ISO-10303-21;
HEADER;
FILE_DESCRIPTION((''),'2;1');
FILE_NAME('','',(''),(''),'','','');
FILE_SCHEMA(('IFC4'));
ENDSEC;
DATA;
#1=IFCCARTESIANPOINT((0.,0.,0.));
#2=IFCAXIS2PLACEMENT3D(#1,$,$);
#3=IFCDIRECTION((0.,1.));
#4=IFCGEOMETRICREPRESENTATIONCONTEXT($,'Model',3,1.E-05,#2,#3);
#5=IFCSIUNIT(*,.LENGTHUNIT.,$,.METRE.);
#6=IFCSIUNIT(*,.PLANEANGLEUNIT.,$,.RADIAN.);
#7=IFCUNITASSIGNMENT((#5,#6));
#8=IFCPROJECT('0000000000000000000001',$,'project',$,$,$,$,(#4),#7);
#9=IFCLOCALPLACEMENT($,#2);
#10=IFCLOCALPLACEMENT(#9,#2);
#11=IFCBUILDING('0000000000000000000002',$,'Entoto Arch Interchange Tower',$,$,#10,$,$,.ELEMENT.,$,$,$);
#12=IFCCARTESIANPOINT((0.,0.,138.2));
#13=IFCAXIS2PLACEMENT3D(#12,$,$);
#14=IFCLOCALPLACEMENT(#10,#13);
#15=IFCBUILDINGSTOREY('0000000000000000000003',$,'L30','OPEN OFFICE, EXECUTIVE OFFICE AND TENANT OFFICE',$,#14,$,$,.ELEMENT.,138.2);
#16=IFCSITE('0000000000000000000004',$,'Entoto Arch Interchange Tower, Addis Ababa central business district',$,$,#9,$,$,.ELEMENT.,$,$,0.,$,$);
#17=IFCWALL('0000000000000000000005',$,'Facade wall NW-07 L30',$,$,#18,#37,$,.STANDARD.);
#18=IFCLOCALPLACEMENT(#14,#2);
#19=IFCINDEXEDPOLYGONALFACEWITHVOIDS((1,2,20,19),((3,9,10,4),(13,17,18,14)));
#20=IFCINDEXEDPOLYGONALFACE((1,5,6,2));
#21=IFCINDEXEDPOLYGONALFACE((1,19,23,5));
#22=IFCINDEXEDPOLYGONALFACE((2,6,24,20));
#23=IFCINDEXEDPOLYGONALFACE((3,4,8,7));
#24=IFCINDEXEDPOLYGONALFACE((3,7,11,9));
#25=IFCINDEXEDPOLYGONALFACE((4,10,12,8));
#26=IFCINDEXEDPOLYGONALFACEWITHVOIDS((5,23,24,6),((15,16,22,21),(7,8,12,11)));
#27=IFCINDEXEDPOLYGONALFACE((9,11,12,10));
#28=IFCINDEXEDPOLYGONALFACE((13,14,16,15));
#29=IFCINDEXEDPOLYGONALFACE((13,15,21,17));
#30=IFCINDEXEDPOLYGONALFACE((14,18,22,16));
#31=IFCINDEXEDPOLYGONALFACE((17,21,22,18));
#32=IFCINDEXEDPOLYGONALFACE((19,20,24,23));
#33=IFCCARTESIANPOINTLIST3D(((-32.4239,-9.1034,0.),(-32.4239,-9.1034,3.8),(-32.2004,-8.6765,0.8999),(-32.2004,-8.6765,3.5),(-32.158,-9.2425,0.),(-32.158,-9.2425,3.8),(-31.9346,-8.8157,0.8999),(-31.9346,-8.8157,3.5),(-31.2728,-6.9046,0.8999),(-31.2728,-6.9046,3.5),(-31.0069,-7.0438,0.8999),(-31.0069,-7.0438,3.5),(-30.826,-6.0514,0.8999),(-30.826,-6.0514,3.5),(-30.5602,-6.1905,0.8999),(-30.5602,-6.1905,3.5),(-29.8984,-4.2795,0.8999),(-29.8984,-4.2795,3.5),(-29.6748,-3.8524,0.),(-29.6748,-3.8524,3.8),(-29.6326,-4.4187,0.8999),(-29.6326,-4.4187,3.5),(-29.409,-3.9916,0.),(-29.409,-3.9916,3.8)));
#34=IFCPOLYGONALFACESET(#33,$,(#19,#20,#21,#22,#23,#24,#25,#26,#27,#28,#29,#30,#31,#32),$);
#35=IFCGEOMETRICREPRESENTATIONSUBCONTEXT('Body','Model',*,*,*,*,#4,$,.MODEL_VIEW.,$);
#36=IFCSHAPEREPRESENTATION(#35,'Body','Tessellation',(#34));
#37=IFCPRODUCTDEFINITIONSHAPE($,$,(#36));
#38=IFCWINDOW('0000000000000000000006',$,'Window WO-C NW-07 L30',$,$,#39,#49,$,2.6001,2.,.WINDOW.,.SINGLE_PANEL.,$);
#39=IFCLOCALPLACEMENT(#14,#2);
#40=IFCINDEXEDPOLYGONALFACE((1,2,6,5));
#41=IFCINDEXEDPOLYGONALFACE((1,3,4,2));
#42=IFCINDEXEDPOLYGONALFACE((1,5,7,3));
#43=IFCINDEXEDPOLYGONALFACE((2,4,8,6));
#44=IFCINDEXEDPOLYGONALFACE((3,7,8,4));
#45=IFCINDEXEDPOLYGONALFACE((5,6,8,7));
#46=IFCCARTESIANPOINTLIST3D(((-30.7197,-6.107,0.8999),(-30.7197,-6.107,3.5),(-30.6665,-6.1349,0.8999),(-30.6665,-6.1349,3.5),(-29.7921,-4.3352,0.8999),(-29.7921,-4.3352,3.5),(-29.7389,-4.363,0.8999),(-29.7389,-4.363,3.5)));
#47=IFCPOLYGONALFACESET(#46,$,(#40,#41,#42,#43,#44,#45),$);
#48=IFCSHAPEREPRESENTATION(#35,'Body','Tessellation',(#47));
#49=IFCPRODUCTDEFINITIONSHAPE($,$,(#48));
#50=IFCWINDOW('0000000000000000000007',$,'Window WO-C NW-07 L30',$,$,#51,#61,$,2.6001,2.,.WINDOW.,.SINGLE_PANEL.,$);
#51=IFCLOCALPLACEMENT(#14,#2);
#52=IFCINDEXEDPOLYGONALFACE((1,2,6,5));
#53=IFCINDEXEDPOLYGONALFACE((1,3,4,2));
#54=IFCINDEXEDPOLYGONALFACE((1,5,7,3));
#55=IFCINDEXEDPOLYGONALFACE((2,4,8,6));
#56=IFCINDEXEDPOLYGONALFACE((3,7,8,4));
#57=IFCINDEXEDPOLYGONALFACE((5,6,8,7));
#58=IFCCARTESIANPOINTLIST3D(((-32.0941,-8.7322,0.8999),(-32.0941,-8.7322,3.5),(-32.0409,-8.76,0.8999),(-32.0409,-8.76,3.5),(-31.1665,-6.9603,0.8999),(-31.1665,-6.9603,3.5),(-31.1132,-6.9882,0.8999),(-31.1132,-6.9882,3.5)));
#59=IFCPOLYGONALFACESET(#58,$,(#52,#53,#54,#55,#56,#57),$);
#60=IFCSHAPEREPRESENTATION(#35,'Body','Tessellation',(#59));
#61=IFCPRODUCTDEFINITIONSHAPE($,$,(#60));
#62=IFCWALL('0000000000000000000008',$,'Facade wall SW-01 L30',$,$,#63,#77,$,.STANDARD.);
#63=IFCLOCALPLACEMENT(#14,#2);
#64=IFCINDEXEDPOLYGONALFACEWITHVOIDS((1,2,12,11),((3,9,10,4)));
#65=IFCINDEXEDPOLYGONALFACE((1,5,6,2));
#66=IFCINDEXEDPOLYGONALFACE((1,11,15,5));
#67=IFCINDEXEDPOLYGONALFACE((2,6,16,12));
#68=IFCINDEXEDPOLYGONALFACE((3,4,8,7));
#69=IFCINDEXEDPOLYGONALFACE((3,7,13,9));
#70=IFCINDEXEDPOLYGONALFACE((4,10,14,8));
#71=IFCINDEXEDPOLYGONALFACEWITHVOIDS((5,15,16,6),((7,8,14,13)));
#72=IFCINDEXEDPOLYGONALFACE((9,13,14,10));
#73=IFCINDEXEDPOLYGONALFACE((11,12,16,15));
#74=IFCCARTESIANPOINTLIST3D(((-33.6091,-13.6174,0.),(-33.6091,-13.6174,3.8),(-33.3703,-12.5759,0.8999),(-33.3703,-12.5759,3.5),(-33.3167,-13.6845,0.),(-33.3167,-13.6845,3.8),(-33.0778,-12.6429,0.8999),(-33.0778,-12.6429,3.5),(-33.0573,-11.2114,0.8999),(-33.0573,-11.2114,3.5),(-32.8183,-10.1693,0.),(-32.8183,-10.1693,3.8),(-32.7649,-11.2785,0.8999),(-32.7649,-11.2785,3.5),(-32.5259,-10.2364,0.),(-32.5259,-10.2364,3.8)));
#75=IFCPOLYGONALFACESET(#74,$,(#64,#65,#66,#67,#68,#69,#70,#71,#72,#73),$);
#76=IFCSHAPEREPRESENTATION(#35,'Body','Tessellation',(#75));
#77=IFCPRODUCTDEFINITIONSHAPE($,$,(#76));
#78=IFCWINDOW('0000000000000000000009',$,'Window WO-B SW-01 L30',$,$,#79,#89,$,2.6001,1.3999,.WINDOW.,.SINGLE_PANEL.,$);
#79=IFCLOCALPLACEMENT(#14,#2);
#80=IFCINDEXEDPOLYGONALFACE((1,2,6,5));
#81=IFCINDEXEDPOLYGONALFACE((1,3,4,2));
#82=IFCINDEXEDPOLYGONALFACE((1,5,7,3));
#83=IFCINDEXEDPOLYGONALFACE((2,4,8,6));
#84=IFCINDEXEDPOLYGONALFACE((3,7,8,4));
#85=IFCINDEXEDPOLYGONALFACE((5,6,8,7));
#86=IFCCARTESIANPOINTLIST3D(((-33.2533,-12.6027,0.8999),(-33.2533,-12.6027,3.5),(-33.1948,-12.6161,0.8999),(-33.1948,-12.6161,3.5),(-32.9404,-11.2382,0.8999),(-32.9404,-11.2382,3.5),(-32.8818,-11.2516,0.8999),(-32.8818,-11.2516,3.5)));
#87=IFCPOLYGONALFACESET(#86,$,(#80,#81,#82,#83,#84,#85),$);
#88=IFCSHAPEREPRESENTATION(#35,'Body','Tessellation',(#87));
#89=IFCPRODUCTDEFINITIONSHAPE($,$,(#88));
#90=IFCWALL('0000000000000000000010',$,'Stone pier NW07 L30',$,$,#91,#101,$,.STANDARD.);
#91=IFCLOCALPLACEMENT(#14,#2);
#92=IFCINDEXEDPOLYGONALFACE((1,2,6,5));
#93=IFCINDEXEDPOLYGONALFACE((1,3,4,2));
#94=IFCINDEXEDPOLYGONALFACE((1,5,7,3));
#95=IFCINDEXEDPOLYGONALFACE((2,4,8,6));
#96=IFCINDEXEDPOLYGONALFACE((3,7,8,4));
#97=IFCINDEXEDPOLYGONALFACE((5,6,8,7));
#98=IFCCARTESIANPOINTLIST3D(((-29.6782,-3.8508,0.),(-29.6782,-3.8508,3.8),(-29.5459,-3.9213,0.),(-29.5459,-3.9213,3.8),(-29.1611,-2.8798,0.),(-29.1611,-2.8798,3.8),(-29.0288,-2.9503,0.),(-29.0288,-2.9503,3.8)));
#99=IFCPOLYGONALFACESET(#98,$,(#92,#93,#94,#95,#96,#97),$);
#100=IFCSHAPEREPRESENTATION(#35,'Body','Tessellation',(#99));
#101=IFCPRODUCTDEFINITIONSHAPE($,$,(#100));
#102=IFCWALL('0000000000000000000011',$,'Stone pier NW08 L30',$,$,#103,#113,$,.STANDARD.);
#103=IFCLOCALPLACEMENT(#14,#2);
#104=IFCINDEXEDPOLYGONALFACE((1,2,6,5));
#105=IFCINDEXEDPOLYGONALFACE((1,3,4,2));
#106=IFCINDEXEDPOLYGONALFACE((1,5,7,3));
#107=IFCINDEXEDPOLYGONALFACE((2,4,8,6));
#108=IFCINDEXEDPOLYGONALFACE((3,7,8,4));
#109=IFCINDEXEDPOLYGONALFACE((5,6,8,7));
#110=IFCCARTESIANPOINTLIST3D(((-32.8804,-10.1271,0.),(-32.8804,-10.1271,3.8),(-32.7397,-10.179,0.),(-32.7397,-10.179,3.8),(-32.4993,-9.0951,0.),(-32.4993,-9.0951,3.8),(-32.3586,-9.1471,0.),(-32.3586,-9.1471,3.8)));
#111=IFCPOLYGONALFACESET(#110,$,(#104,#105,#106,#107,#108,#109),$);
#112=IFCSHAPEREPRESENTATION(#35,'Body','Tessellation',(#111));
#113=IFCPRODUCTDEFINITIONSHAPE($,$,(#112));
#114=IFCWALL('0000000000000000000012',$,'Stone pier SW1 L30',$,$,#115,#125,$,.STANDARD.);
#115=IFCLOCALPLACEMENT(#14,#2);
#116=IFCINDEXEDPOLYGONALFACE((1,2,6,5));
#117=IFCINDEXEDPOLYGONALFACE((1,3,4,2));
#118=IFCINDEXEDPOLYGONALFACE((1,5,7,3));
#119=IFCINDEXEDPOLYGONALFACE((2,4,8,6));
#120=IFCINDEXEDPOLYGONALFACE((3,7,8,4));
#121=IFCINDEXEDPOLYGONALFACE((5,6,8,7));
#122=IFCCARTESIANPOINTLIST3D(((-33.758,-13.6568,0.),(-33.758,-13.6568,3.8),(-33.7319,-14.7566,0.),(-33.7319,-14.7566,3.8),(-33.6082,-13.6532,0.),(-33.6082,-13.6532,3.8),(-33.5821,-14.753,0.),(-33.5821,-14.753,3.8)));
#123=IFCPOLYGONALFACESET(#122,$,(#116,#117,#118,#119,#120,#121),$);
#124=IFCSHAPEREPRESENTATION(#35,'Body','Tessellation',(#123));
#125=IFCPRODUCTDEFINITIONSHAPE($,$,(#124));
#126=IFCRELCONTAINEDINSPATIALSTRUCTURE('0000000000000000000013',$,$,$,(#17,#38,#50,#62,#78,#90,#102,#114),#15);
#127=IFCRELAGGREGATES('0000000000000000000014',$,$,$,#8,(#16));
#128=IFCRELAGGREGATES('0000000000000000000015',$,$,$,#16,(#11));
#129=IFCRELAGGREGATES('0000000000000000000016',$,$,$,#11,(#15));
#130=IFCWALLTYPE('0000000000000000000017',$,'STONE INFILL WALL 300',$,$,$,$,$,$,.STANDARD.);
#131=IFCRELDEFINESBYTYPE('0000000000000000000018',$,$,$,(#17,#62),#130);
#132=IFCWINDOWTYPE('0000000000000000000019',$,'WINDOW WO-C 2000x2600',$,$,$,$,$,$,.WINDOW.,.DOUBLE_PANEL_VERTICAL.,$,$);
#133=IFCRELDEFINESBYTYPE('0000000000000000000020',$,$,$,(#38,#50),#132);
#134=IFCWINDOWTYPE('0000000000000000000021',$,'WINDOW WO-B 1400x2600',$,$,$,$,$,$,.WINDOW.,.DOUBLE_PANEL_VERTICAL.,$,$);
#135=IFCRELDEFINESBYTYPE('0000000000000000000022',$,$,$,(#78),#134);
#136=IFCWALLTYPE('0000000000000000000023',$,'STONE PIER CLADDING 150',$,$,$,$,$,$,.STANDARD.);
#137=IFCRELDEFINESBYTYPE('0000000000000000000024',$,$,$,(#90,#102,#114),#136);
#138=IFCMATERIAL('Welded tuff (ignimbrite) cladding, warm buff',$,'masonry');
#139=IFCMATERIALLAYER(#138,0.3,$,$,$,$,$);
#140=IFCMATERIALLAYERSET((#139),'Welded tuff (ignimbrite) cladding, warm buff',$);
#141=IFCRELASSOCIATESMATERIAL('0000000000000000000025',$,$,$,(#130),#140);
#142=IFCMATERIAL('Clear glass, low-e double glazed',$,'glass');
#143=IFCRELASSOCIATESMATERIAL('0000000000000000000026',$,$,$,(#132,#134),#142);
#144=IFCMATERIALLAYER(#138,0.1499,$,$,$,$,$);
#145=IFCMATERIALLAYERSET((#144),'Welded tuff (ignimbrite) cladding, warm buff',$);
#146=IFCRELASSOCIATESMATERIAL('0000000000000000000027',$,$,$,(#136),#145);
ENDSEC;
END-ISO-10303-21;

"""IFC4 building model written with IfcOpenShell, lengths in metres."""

from ifc_helpers import new_model, si_unit, direction, frame, frame_2d, origin, place, context, subcontext, project, spatial, rectangle, extrude, material, layer, layer_set, type_object, element, fill, save


model = new_model("IFC4")

# Units and contexts
model_context = context("Model", 3, precision=1e-05, world=origin(), true_north=direction((0.0, 1.0)))
body_context = subcontext(model_context, "Body", "Model", "MODEL_VIEW")
ifc_project = project(units=[si_unit("LENGTHUNIT", "METRE"), si_unit("PLANEANGLEUNIT", "RADIAN")], contexts=[model_context])

# Site, building, storey
site_placement = place(None, origin())
site = spatial("IfcSite", under=ifc_project, at=site_placement, Name="Entoto Arch Interchange Tower, Addis Ababa central business district", CompositionType="ELEMENT", RefElevation=0.0)
building_placement = place(site_placement, origin())
building = spatial("IfcBuilding", under=site, at=building_placement, Name="Entoto Arch Interchange Tower", CompositionType="ELEMENT")
storey_placement = place(building_placement, frame((0.0, 0.0, 138.2)))
storey = spatial("IfcBuildingStorey", under=building, at=storey_placement, Name="L30", Description="OPEN OFFICE, EXECUTIVE OFFICE AND TENANT OFFICE", CompositionType="ELEMENT", Elevation=138.2)

# Wall, openings, windows
ifc_material_1 = material(Name="Welded tuff (ignimbrite) cladding, warm buff", Category="masonry")
ifc_layer_1 = layer(ifc_material_1, 0.3)
ifc_layer_set_1 = layer_set([ifc_layer_1], Name="Welded tuff (ignimbrite) cladding, warm buff")
wall_type_1 = type_object("IfcWallType", Name="STONE INFILL WALL 300", PredefinedType="STANDARD", material=ifc_layer_set_1)
wall_1_placement = place(storey_placement, frame((-29.542, -3.9221, 0.0), z_axis=(0.0, 0.0, 1.0), x_axis=(-0.46381, -0.885935, 0.0)))
wall_1 = element("IfcWall", 1, at=wall_1_placement, inside=storey, type_object=wall_type_1, Name="Facade wall NW-07 L30", PredefinedType="STANDARD", context=body_context, shape_type="SweptSolid", body=[
    extrude(rectangle(XDim=5.927, YDim=0.3, at=frame_2d((2.9634, 0.0))), origin(), (0.0, 0.0, 1.0), 3.8),
])
opening_1_placement = place(wall_1_placement, frame((0.4819, 0.0, 0.8999)))
opening_1 = element("IfcOpeningElement", 2, at=opening_1_placement, cuts=wall_1, PredefinedType="OPENING", context=body_context, shape_type="SweptSolid", body=[
    extrude(rectangle(XDim=2.0, YDim=2.6001, at=frame_2d((1.0, 1.3))), frame((0.0, 0.1602, 0.0), z_axis=(0.0, -1.0, 0.0), x_axis=(1.0, 0.0, 0.0)), (0.0, 0.0, 1.0), 0.3201),
])
opening_2_placement = place(wall_1_placement, frame((3.4451, 0.0, 0.8999)))
opening_2 = element("IfcOpeningElement", 3, at=opening_2_placement, cuts=wall_1, PredefinedType="OPENING", context=body_context, shape_type="SweptSolid", body=[
    extrude(rectangle(XDim=2.0, YDim=2.6001, at=frame_2d((1.0, 1.3))), frame((0.0, 0.1602, 0.0), z_axis=(0.0, -1.0, 0.0), x_axis=(1.0, 0.0, 0.0)), (0.0, 0.0, 1.0), 0.3201),
])
ifc_material_2 = material(Name="Clear glass, low-e double glazed", Category="glass")
window_type_1 = type_object("IfcWindowType", Name="WINDOW WO-C 2000x2600", PartitioningType="DOUBLE_PANEL_VERTICAL", PredefinedType="WINDOW", material=ifc_material_2)
window_1_placement = place(opening_1_placement, origin())
window_1 = element("IfcWindow", 4, at=window_1_placement, inside=storey, type_object=window_type_1, Name="Window WO-C NW-07 L30", OverallHeight=2.6001, OverallWidth=2.0, PartitioningType="SINGLE_PANEL", PredefinedType="WINDOW", context=body_context, shape_type="SweptSolid", body=[
    extrude(rectangle(XDim=2.0, YDim=2.6001, at=frame_2d((1.0, 1.3))), frame((0.0, 0.03, 0.0), z_axis=(0.0, -1.0, 0.0), x_axis=(1.0, 0.0, 0.0)), (0.0, 0.0, 1.0), 0.0601),
])
fill(opening_1, window_1)
window_2_placement = place(opening_2_placement, origin())
window_2 = element("IfcWindow", 5, at=window_2_placement, inside=storey, type_object=window_type_1, Name="Window WO-C NW-07 L30", OverallHeight=2.6001, OverallWidth=2.0, PartitioningType="SINGLE_PANEL", PredefinedType="WINDOW", context=body_context, shape_type="SweptSolid", body=[
    extrude(rectangle(XDim=2.0, YDim=2.6001, at=frame_2d((1.0, 1.3))), frame((0.0, 0.03, 0.0), z_axis=(0.0, -1.0, 0.0), x_axis=(1.0, 0.0, 0.0)), (0.0, 0.0, 1.0), 0.0601),
])
fill(opening_2, window_2)

# Wall, opening, window
wall_2_placement = place(storey_placement, frame((-32.6721, -10.2029, 0.0), z_axis=(0.0, 0.0, 1.0), x_axis=(-0.223539, -0.974695, 0.0)))
wall_2 = element("IfcWall", 6, at=wall_2_placement, inside=storey, type_object=wall_type_1, Name="Facade wall SW-01 L30", PredefinedType="STANDARD", context=body_context, shape_type="SweptSolid", body=[
    extrude(rectangle(XDim=3.5376, YDim=0.3, at=frame_2d((1.7688, 0.0))), origin(), (0.0, 0.0, 1.0), 3.8),
])
opening_3_placement = place(wall_2_placement, frame((1.0691, 0.0, 0.8999)))
opening_3 = element("IfcOpeningElement", 7, at=opening_3_placement, cuts=wall_2, PredefinedType="OPENING", context=body_context, shape_type="SweptSolid", body=[
    extrude(rectangle(XDim=1.3999, YDim=2.6001, at=frame_2d((0.7, 1.3))), frame((0.0, 0.1602, 0.0), z_axis=(0.0, -1.0, 0.0), x_axis=(1.0, 0.0, 0.0)), (0.0, 0.0, 1.0), 0.3201),
])
window_type_2 = type_object("IfcWindowType", Name="WINDOW WO-B 1400x2600", PartitioningType="DOUBLE_PANEL_VERTICAL", PredefinedType="WINDOW", material=ifc_material_2)
window_3_placement = place(opening_3_placement, origin())
window_3 = element("IfcWindow", 8, at=window_3_placement, inside=storey, type_object=window_type_2, Name="Window WO-B SW-01 L30", OverallHeight=2.6001, OverallWidth=1.3999, PartitioningType="SINGLE_PANEL", PredefinedType="WINDOW", context=body_context, shape_type="SweptSolid", body=[
    extrude(rectangle(XDim=1.3999, YDim=2.6001, at=frame_2d((0.7, 1.3))), frame((0.0, 0.03, 0.0), z_axis=(0.0, -1.0, 0.0), x_axis=(1.0, 0.0, 0.0)), (0.0, 0.0, 1.0), 0.0601),
])
fill(opening_3, window_3)

# Walls
ifc_layer_2 = layer(ifc_material_1, 0.1499)
ifc_layer_set_2 = layer_set([ifc_layer_2], Name="Welded tuff (ignimbrite) cladding, warm buff")
wall_type_2 = type_object("IfcWallType", Name="STONE PIER CLADDING 150", PredefinedType="STANDARD", material=ifc_layer_set_2)
for number, where, z_axis, x_axis, name in (
    (9, (-29.095, -2.915, 0.0), (0.0, 0.0, 1.0), (-0.470058, -0.882635, 0.0), "Stone pier NW07 L30"),
    (10, (-32.429, -9.1211, 0.0), (0.0, 0.0, 1.0), (-0.346425, -0.938078, 0.0), "Stone pier NW08 L30"),
    (11, (-33.6831, -13.655, 0.0), (0.0, 0.0, 1.0), (0.023745, -0.999718, 0.0), "Stone pier SW1 L30"),
):
    element("IfcWall", number, at=place(storey_placement, frame(where, z_axis=z_axis, x_axis=x_axis)), inside=storey, type_object=wall_type_2, Name=name, PredefinedType="STANDARD", context=body_context, shape_type="SweptSolid", body=[
        extrude(rectangle(XDim=1.1001, YDim=0.1499, at=frame_2d((0.55, 0.0))), origin(), (0.0, 0.0, 1.0), 3.8),
    ])

save(model, "model.ifc")
